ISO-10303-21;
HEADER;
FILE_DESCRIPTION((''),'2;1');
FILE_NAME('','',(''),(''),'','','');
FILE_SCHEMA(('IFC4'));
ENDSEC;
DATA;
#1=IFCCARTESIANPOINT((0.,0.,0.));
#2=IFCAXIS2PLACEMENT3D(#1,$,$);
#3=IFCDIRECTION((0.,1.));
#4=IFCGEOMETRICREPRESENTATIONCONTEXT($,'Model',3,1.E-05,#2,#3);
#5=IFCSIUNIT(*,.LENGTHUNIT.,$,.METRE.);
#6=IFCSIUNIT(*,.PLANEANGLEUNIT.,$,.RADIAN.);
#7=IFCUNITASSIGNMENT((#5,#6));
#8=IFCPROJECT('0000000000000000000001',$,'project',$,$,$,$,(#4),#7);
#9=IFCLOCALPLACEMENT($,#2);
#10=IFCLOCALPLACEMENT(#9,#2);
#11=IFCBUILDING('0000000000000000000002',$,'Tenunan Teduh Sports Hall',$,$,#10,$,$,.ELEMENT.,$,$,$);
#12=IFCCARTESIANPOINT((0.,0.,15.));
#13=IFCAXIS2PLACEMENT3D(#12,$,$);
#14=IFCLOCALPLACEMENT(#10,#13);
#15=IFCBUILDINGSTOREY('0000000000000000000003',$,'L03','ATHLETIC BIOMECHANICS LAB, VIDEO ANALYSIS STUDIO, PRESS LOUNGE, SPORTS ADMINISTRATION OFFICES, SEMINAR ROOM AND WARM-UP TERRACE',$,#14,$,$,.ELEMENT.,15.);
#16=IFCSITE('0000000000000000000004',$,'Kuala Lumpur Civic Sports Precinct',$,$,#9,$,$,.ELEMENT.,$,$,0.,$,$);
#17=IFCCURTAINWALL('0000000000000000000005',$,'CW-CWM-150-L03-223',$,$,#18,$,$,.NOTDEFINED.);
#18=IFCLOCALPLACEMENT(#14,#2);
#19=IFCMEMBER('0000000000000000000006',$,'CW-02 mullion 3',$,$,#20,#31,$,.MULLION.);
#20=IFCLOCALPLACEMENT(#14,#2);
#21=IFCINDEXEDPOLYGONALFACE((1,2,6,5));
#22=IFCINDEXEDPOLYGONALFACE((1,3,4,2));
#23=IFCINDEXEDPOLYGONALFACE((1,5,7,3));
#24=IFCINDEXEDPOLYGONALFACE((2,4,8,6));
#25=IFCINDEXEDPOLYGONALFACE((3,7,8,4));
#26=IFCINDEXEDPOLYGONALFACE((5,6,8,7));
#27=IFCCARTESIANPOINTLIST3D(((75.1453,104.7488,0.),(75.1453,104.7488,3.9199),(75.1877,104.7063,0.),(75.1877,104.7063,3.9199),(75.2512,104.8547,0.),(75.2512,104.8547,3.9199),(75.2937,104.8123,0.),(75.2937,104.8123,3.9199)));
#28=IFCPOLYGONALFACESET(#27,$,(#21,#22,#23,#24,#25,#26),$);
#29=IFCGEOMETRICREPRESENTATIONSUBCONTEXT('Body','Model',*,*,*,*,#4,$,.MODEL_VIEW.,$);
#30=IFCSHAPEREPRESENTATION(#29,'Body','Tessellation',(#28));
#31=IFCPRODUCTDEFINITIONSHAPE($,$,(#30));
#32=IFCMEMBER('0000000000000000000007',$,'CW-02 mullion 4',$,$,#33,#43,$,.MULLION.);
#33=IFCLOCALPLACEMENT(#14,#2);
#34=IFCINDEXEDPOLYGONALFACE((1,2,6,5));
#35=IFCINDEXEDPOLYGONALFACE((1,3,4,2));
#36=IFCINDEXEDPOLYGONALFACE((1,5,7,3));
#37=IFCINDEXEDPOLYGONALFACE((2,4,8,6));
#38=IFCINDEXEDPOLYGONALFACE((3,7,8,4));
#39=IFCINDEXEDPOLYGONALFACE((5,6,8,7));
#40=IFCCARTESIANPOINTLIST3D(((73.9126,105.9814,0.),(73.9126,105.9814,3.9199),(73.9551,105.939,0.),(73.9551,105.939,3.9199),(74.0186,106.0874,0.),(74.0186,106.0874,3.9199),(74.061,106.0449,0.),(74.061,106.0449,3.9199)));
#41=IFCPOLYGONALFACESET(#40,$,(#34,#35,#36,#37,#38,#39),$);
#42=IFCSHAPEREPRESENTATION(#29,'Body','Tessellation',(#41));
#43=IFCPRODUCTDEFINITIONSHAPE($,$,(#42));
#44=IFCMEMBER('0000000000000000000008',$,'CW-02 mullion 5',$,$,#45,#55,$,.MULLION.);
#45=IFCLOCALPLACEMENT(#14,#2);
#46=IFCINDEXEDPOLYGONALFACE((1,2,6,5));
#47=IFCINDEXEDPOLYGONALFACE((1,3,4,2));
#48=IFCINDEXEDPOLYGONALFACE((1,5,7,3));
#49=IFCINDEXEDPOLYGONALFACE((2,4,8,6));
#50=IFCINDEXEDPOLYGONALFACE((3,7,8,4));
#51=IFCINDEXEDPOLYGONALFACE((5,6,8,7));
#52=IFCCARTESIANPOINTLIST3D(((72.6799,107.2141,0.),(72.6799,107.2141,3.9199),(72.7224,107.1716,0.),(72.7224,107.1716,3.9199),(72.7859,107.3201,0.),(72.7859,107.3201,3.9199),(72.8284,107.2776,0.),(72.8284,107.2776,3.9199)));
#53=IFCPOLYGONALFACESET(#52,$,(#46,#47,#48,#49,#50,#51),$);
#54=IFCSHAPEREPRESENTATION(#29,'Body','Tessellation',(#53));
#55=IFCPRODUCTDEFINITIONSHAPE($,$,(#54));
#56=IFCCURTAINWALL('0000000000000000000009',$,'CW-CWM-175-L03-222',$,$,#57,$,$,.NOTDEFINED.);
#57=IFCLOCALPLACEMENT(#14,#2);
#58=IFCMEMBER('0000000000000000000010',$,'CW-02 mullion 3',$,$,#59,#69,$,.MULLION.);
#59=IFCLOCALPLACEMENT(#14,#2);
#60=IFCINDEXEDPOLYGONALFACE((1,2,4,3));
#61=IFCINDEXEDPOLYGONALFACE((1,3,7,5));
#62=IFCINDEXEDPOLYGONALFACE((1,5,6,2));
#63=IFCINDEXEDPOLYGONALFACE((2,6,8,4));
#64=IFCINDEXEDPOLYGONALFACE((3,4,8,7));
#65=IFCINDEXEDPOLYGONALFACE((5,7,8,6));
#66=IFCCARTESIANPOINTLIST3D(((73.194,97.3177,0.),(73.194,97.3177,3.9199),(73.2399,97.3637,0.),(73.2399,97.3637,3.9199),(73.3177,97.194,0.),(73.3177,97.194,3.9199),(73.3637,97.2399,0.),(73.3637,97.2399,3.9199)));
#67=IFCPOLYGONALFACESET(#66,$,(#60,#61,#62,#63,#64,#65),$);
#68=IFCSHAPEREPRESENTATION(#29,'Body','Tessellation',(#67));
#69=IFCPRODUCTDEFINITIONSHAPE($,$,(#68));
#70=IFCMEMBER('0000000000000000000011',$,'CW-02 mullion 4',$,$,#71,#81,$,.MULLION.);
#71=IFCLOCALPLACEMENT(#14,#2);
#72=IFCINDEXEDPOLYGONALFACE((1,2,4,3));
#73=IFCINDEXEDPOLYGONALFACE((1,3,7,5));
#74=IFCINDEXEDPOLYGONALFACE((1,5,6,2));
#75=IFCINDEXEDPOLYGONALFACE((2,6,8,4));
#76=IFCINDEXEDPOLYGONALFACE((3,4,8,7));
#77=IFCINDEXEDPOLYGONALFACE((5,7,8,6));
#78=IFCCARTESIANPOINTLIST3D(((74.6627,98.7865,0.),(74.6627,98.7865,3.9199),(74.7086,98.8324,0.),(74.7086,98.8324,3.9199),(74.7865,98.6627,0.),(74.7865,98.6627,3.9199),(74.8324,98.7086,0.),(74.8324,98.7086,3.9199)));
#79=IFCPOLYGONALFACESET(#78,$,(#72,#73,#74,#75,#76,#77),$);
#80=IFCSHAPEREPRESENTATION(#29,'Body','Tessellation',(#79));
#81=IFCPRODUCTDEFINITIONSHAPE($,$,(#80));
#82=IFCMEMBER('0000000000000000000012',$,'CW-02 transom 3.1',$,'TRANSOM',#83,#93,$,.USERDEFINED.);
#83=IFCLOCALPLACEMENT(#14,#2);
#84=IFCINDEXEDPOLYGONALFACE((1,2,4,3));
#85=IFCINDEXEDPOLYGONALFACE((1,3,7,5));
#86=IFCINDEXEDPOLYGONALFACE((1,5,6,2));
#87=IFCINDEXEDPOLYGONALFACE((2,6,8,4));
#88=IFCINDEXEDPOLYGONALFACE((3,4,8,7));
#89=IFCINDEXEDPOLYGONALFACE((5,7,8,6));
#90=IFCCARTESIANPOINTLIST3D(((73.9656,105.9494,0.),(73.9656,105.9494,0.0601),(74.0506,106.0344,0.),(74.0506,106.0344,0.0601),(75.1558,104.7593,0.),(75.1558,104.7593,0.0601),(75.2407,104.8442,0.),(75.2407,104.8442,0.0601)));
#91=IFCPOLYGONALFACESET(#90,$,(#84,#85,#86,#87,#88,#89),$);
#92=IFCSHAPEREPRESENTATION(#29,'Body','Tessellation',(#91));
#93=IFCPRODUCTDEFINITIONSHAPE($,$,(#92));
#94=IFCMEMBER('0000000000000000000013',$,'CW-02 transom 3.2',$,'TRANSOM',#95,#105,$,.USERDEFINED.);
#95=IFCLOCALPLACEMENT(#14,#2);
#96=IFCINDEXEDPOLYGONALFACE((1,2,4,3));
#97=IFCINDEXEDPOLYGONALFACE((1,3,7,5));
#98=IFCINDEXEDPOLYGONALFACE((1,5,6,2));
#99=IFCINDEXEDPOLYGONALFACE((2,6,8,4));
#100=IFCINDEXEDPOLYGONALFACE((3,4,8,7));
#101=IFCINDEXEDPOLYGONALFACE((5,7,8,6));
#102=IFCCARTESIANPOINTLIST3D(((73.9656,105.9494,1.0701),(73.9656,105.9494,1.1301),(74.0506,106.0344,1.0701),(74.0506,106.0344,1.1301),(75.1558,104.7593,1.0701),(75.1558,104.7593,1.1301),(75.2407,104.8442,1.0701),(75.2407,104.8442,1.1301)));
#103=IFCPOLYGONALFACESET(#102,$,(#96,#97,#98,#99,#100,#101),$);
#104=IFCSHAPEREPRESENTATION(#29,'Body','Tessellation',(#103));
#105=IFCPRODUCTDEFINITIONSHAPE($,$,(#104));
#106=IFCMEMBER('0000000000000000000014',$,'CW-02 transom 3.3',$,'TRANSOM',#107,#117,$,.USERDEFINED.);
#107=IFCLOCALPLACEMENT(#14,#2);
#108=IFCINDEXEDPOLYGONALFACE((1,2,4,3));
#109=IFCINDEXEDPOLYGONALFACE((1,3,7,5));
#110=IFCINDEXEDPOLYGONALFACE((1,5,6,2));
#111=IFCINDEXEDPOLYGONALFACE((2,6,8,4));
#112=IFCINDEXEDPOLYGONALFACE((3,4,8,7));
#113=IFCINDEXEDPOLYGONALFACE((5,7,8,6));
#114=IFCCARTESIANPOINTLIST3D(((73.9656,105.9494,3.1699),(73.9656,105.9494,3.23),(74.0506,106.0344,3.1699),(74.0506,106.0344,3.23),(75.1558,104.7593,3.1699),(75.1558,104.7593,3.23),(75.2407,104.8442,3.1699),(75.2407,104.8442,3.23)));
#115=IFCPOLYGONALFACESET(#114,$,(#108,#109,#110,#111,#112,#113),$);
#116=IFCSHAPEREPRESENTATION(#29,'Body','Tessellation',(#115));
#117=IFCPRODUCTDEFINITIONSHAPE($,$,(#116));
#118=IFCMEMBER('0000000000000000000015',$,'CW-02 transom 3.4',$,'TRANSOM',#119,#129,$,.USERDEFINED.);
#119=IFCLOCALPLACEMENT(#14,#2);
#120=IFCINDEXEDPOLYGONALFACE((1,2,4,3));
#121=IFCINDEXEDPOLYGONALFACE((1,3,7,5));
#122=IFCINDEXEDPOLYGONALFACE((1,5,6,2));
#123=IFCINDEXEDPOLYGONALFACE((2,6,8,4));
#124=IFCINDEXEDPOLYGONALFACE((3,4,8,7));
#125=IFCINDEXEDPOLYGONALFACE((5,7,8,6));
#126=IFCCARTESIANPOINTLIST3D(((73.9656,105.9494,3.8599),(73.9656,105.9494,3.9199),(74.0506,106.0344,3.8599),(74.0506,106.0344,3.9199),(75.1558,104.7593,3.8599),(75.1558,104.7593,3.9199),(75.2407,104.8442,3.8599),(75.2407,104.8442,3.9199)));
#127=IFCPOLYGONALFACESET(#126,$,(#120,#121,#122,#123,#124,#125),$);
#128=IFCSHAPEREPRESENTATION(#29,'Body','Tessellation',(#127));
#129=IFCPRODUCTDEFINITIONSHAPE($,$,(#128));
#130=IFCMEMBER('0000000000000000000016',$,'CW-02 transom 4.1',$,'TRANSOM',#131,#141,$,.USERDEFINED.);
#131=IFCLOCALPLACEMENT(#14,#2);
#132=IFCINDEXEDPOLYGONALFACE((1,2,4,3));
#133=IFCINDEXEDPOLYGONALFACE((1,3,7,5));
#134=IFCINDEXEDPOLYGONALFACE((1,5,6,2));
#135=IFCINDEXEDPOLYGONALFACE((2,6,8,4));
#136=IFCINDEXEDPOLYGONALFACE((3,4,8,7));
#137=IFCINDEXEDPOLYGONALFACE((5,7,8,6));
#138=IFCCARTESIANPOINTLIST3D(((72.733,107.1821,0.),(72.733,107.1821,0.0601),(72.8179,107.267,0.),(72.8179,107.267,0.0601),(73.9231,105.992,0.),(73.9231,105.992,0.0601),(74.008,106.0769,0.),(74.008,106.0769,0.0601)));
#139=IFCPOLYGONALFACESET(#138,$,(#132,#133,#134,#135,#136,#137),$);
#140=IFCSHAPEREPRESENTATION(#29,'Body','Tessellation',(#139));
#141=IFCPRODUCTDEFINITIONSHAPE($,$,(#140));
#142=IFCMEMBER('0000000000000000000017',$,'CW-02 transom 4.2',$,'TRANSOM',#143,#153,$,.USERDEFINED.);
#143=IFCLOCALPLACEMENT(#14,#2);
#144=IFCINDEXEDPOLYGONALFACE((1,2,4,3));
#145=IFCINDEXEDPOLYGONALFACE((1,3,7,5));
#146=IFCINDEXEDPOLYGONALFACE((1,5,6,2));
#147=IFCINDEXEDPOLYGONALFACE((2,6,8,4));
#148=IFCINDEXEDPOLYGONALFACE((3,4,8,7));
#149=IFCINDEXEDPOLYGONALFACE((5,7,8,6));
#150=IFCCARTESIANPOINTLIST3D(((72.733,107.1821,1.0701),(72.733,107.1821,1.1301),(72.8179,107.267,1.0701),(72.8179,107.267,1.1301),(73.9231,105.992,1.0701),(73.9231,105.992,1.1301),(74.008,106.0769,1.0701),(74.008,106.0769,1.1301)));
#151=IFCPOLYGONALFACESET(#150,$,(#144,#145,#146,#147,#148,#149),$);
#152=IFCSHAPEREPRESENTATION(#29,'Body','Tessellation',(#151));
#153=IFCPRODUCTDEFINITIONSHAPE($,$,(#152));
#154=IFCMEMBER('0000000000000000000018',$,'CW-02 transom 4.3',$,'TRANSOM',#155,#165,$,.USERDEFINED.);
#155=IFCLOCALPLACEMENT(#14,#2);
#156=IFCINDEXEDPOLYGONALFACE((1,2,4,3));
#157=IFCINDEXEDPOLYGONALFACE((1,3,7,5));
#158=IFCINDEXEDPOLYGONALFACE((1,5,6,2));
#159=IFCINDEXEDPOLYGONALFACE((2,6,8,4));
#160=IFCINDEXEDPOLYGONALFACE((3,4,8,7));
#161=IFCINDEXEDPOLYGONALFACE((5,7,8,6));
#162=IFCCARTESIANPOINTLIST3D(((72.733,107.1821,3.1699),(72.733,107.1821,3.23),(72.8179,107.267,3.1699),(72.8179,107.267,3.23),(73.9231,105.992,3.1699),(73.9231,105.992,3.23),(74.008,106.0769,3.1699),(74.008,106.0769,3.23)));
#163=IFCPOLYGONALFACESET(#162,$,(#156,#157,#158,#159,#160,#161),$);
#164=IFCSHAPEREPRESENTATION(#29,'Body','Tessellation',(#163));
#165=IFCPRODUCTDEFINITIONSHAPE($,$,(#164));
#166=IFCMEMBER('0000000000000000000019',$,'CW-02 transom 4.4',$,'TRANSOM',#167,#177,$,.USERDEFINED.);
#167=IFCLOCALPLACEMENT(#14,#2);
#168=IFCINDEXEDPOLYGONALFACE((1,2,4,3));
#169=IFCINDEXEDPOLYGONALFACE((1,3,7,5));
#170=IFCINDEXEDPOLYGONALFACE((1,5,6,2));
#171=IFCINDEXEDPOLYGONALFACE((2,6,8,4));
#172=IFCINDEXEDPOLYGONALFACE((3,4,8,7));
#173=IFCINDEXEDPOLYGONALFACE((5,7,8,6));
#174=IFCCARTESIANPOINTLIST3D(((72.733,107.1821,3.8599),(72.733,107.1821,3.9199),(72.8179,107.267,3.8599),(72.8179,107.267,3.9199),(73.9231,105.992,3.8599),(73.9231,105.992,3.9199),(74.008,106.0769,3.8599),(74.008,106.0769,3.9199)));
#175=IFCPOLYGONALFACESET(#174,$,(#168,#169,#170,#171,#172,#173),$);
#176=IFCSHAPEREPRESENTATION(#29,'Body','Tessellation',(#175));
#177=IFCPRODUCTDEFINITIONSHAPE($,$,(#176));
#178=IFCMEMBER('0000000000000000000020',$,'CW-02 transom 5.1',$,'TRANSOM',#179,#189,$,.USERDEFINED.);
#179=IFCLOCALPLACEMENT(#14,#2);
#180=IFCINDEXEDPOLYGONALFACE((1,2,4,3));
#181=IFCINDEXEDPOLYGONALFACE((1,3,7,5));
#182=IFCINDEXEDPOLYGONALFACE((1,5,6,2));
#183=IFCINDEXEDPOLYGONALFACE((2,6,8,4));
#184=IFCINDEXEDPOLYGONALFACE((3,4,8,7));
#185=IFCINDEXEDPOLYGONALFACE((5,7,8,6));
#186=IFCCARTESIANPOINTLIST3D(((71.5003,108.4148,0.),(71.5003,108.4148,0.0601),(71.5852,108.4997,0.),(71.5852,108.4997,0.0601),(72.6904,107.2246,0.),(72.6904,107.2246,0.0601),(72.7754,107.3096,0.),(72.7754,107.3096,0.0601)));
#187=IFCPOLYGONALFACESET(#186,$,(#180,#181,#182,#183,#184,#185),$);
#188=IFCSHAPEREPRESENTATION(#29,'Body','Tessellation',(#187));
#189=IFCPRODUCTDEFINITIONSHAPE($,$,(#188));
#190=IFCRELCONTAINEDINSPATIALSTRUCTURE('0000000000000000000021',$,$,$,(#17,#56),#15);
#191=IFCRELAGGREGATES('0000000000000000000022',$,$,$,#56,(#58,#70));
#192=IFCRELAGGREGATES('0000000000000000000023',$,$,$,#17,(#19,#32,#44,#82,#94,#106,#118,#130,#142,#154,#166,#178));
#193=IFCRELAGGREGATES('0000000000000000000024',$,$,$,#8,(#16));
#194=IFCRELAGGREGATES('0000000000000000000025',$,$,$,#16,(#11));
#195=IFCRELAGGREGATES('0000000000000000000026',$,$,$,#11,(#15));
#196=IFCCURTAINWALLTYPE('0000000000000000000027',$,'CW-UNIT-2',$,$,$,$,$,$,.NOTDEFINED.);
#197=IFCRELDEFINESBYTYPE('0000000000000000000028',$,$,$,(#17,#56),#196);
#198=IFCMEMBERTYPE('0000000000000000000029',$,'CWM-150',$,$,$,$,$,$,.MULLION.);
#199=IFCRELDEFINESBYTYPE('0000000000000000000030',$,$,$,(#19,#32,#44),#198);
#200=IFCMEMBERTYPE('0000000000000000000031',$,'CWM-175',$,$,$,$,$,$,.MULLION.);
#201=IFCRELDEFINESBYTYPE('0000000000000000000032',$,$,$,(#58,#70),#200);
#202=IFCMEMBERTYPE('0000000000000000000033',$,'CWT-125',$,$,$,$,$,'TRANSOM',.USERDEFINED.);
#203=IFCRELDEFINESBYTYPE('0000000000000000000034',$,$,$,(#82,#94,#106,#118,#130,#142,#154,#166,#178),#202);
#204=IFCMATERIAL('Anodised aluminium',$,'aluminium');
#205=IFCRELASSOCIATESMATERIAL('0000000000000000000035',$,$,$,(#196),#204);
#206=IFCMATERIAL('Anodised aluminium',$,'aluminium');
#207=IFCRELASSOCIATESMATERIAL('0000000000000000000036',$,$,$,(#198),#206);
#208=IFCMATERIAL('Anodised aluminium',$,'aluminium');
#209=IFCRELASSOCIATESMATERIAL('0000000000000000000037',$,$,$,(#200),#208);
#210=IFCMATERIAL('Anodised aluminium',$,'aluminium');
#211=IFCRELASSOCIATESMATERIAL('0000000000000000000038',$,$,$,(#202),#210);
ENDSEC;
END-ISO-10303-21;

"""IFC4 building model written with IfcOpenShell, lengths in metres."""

from ifc_helpers import new_model, si_unit, direction, frame, origin, origin_2d, place, context, subcontext, project, spatial, rectangle, extrude, material, material_profile, profile_set, type_object, element, aggregate, save


model = new_model("IFC4")

# Units and contexts
model_context = context("Model", 3, precision=1e-05, world=origin(), true_north=direction((0.0, 1.0)))
body_context = subcontext(model_context, "Body", "Model", "MODEL_VIEW")
ifc_project = project(units=[si_unit("LENGTHUNIT", "METRE"), si_unit("PLANEANGLEUNIT", "RADIAN")], contexts=[model_context])

# Site, building, storey
site_placement = place(None, origin())
site = spatial("IfcSite", under=ifc_project, at=site_placement, Name="Kuala Lumpur Civic Sports Precinct", CompositionType="ELEMENT", RefElevation=0.0)
building_placement = place(site_placement, origin())
building = spatial("IfcBuilding", under=site, at=building_placement, Name="Tenunan Teduh Sports Hall", CompositionType="ELEMENT")
storey_placement = place(building_placement, frame((0.0, 0.0, 15.0)))
storey = spatial("IfcBuildingStorey", under=building, at=storey_placement, Name="L03", Description="ATHLETIC BIOMECHANICS LAB, VIDEO ANALYSIS STUDIO, PRESS LOUNGE, SPORTS ADMINISTRATION OFFICES, SEMINAR ROOM AND WARM-UP TERRACE", CompositionType="ELEMENT", Elevation=15.0)

# Curtain walls, members
ifc_material_1 = material(Name="Anodised aluminium", Category="aluminium")
curtain_wall_type = type_object("IfcCurtainWallType", Name="CW-UNIT-2", PredefinedType="NOTDEFINED", material=ifc_material_1)
curtain_wall_1_placement = place(storey_placement, origin())
curtain_wall_1 = element("IfcCurtainWall", 1, at=curtain_wall_1_placement, inside=storey, type_object=curtain_wall_type, Name="CW-CWM-150-L03-223", PredefinedType="NOTDEFINED")
ifc_material_2 = material(Name="Anodised aluminium", Category="aluminium")
ifc_material_profile_1 = material_profile(ifc_material_2, rectangle(XDim=0.0601, YDim=0.1499, at=origin_2d()), Name="CWM 60x150")
ifc_profile_set_1 = profile_set([ifc_material_profile_1], Name="Anodised aluminium")
member_type_1 = type_object("IfcMemberType", Name="CWM-150", PredefinedType="MULLION", material=ifc_profile_set_1)
member_1_placement = place(storey_placement, frame((75.2195, 104.7805, 0.0), z_axis=(0.0, 0.0, 1.0), x_axis=(-0.707107, 0.707107, 0.0)))
member_1 = element("IfcMember", 2, at=member_1_placement, type_object=member_type_1, Name="CW-02 mullion 3", PredefinedType="MULLION", context=body_context, shape_type="SweptSolid", body=[
    extrude(rectangle(XDim=0.0601, YDim=0.1499, at=origin_2d()), origin(), (0.0, 0.0, 1.0), 3.9199),
])
member_2_placement = place(storey_placement, frame((73.9868, 106.0132, 0.0), z_axis=(0.0, 0.0, 1.0), x_axis=(-0.707107, 0.707107, 0.0)))
member_2 = element("IfcMember", 3, at=member_2_placement, type_object=member_type_1, Name="CW-02 mullion 4", PredefinedType="MULLION", context=body_context, shape_type="SweptSolid", body=[
    extrude(rectangle(XDim=0.0601, YDim=0.1499, at=origin_2d()), origin(), (0.0, 0.0, 1.0), 3.9199),
])
member_3_placement = place(storey_placement, frame((72.7542, 107.2458, 0.0), z_axis=(0.0, 0.0, 1.0), x_axis=(-0.707107, 0.707107, 0.0)))
member_3 = element("IfcMember", 4, at=member_3_placement, type_object=member_type_1, Name="CW-02 mullion 5", PredefinedType="MULLION", context=body_context, shape_type="SweptSolid", body=[
    extrude(rectangle(XDim=0.0601, YDim=0.1499, at=origin_2d()), origin(), (0.0, 0.0, 1.0), 3.9199),
])
curtain_wall_2_placement = place(storey_placement, origin())
curtain_wall_2 = element("IfcCurtainWall", 5, at=curtain_wall_2_placement, inside=storey, type_object=curtain_wall_type, Name="CW-CWM-175-L03-222", PredefinedType="NOTDEFINED")
ifc_material_3 = material(Name="Anodised aluminium", Category="aluminium")
ifc_material_profile_2 = material_profile(ifc_material_3, rectangle(XDim=0.0649, YDim=0.175, at=origin_2d()), Name="CWM 65x175")
ifc_profile_set_2 = profile_set([ifc_material_profile_2], Name="Anodised aluminium")
member_type_2 = type_object("IfcMemberType", Name="CWM-175", PredefinedType="MULLION", material=ifc_profile_set_2)
member_4_placement = place(storey_placement, frame((73.2788, 97.2788, 0.0), z_axis=(0.0, 0.0, 1.0), x_axis=(0.707107, 0.707107, 0.0)))
member_4 = element("IfcMember", 6, at=member_4_placement, type_object=member_type_2, Name="CW-02 mullion 3", PredefinedType="MULLION", context=body_context, shape_type="SweptSolid", body=[
    extrude(rectangle(XDim=0.0649, YDim=0.175, at=origin_2d()), origin(), (0.0, 0.0, 1.0), 3.9199),
])
member_5_placement = place(storey_placement, frame((74.7476, 98.7476, 0.0), z_axis=(0.0, 0.0, 1.0), x_axis=(0.707107, 0.707107, 0.0)))
member_5 = element("IfcMember", 7, at=member_5_placement, type_object=member_type_2, Name="CW-02 mullion 4", PredefinedType="MULLION", context=body_context, shape_type="SweptSolid", body=[
    extrude(rectangle(XDim=0.0649, YDim=0.175, at=origin_2d()), origin(), (0.0, 0.0, 1.0), 3.9199),
])

# Members
ifc_material_4 = material(Name="Anodised aluminium", Category="aluminium")
ifc_material_profile_3 = material_profile(ifc_material_4, rectangle(XDim=0.0601, YDim=0.1201, at=origin_2d()), Name="CWT 60x120")
ifc_profile_set_3 = profile_set([ifc_material_profile_3], Name="Anodised aluminium")
member_type_3 = type_object("IfcMemberType", Name="CWT-125", ElementType="TRANSOM", PredefinedType="USERDEFINED", material=ifc_profile_set_3)
member_6_placement = place(storey_placement, frame((75.1982, 104.8018, 0.03), z_axis=(-0.707107, 0.707107, 0.0), x_axis=(0.0, 0.0, 1.0)))
member_6 = element("IfcMember", 8, at=member_6_placement, type_object=member_type_3, Name="CW-02 transom 3.1", ObjectType="TRANSOM", PredefinedType="USERDEFINED", context=body_context, shape_type="SweptSolid", body=[
    extrude(rectangle(XDim=0.0601, YDim=0.1201, at=origin_2d()), origin(), (0.0, 0.0, 1.0), 1.6831),
])
member_7_placement = place(storey_placement, frame((75.1982, 104.8018, 1.1001), z_axis=(-0.707107, 0.707107, 0.0), x_axis=(0.0, 0.0, 1.0)))
member_7 = element("IfcMember", 9, at=member_7_placement, type_object=member_type_3, Name="CW-02 transom 3.2", ObjectType="TRANSOM", PredefinedType="USERDEFINED", context=body_context, shape_type="SweptSolid", body=[
    extrude(rectangle(XDim=0.0601, YDim=0.1201, at=origin_2d()), origin(), (0.0, 0.0, 1.0), 1.6831),
])
member_8_placement = place(storey_placement, frame((75.1982, 104.8018, 3.2), z_axis=(-0.707107, 0.707107, 0.0), x_axis=(0.0, 0.0, 1.0)))
member_8 = element("IfcMember", 10, at=member_8_placement, type_object=member_type_3, Name="CW-02 transom 3.3", ObjectType="TRANSOM", PredefinedType="USERDEFINED", context=body_context, shape_type="SweptSolid", body=[
    extrude(rectangle(XDim=0.0601, YDim=0.1201, at=origin_2d()), origin(), (0.0, 0.0, 1.0), 1.6831),
])
member_9_placement = place(storey_placement, frame((75.1982, 104.8018, 3.8899), z_axis=(-0.707107, 0.707107, 0.0), x_axis=(0.0, 0.0, 1.0)))
member_9 = element("IfcMember", 11, at=member_9_placement, type_object=member_type_3, Name="CW-02 transom 3.4", ObjectType="TRANSOM", PredefinedType="USERDEFINED", context=body_context, shape_type="SweptSolid", body=[
    extrude(rectangle(XDim=0.0601, YDim=0.1201, at=origin_2d()), origin(), (0.0, 0.0, 1.0), 1.6831),
])
member_10_placement = place(storey_placement, frame((73.9656, 106.0344, 0.03), z_axis=(-0.707107, 0.707107, 0.0), x_axis=(0.0, 0.0, 1.0)))
member_10 = element("IfcMember", 12, at=member_10_placement, type_object=member_type_3, Name="CW-02 transom 4.1", ObjectType="TRANSOM", PredefinedType="USERDEFINED", context=body_context, shape_type="SweptSolid", body=[
    extrude(rectangle(XDim=0.0601, YDim=0.1201, at=origin_2d()), origin(), (0.0, 0.0, 1.0), 1.6831),
])
member_11_placement = place(storey_placement, frame((73.9656, 106.0344, 1.1001), z_axis=(-0.707107, 0.707107, 0.0), x_axis=(0.0, 0.0, 1.0)))
member_11 = element("IfcMember", 13, at=member_11_placement, type_object=member_type_3, Name="CW-02 transom 4.2", ObjectType="TRANSOM", PredefinedType="USERDEFINED", context=body_context, shape_type="SweptSolid", body=[
    extrude(rectangle(XDim=0.0601, YDim=0.1201, at=origin_2d()), origin(), (0.0, 0.0, 1.0), 1.6831),
])
member_12_placement = place(storey_placement, frame((73.9656, 106.0344, 3.2), z_axis=(-0.707107, 0.707107, 0.0), x_axis=(0.0, 0.0, 1.0)))
member_12 = element("IfcMember", 14, at=member_12_placement, type_object=member_type_3, Name="CW-02 transom 4.3", ObjectType="TRANSOM", PredefinedType="USERDEFINED", context=body_context, shape_type="SweptSolid", body=[
    extrude(rectangle(XDim=0.0601, YDim=0.1201, at=origin_2d()), origin(), (0.0, 0.0, 1.0), 1.6831),
])
member_13_placement = place(storey_placement, frame((73.9656, 106.0344, 3.8899), z_axis=(-0.707107, 0.707107, 0.0), x_axis=(0.0, 0.0, 1.0)))
member_13 = element("IfcMember", 15, at=member_13_placement, type_object=member_type_3, Name="CW-02 transom 4.4", ObjectType="TRANSOM", PredefinedType="USERDEFINED", context=body_context, shape_type="SweptSolid", body=[
    extrude(rectangle(XDim=0.0601, YDim=0.1201, at=origin_2d()), origin(), (0.0, 0.0, 1.0), 1.6831),
])
member_14_placement = place(storey_placement, frame((72.7329, 107.2671, 0.03), z_axis=(-0.707107, 0.707107, 0.0), x_axis=(0.0, 0.0, 1.0)))
member_14 = element("IfcMember", 16, at=member_14_placement, type_object=member_type_3, Name="CW-02 transom 5.1", ObjectType="TRANSOM", PredefinedType="USERDEFINED", context=body_context, shape_type="SweptSolid", body=[
    extrude(rectangle(XDim=0.0601, YDim=0.1201, at=origin_2d()), origin(), (0.0, 0.0, 1.0), 1.6831),
])

aggregate(curtain_wall_2, [member_4, member_5])
aggregate(curtain_wall_1, [member_1, member_2, member_3, member_6, member_7, member_8, member_9, member_10, member_11, member_12, member_13, member_14])

save(model, "model.ifc")
